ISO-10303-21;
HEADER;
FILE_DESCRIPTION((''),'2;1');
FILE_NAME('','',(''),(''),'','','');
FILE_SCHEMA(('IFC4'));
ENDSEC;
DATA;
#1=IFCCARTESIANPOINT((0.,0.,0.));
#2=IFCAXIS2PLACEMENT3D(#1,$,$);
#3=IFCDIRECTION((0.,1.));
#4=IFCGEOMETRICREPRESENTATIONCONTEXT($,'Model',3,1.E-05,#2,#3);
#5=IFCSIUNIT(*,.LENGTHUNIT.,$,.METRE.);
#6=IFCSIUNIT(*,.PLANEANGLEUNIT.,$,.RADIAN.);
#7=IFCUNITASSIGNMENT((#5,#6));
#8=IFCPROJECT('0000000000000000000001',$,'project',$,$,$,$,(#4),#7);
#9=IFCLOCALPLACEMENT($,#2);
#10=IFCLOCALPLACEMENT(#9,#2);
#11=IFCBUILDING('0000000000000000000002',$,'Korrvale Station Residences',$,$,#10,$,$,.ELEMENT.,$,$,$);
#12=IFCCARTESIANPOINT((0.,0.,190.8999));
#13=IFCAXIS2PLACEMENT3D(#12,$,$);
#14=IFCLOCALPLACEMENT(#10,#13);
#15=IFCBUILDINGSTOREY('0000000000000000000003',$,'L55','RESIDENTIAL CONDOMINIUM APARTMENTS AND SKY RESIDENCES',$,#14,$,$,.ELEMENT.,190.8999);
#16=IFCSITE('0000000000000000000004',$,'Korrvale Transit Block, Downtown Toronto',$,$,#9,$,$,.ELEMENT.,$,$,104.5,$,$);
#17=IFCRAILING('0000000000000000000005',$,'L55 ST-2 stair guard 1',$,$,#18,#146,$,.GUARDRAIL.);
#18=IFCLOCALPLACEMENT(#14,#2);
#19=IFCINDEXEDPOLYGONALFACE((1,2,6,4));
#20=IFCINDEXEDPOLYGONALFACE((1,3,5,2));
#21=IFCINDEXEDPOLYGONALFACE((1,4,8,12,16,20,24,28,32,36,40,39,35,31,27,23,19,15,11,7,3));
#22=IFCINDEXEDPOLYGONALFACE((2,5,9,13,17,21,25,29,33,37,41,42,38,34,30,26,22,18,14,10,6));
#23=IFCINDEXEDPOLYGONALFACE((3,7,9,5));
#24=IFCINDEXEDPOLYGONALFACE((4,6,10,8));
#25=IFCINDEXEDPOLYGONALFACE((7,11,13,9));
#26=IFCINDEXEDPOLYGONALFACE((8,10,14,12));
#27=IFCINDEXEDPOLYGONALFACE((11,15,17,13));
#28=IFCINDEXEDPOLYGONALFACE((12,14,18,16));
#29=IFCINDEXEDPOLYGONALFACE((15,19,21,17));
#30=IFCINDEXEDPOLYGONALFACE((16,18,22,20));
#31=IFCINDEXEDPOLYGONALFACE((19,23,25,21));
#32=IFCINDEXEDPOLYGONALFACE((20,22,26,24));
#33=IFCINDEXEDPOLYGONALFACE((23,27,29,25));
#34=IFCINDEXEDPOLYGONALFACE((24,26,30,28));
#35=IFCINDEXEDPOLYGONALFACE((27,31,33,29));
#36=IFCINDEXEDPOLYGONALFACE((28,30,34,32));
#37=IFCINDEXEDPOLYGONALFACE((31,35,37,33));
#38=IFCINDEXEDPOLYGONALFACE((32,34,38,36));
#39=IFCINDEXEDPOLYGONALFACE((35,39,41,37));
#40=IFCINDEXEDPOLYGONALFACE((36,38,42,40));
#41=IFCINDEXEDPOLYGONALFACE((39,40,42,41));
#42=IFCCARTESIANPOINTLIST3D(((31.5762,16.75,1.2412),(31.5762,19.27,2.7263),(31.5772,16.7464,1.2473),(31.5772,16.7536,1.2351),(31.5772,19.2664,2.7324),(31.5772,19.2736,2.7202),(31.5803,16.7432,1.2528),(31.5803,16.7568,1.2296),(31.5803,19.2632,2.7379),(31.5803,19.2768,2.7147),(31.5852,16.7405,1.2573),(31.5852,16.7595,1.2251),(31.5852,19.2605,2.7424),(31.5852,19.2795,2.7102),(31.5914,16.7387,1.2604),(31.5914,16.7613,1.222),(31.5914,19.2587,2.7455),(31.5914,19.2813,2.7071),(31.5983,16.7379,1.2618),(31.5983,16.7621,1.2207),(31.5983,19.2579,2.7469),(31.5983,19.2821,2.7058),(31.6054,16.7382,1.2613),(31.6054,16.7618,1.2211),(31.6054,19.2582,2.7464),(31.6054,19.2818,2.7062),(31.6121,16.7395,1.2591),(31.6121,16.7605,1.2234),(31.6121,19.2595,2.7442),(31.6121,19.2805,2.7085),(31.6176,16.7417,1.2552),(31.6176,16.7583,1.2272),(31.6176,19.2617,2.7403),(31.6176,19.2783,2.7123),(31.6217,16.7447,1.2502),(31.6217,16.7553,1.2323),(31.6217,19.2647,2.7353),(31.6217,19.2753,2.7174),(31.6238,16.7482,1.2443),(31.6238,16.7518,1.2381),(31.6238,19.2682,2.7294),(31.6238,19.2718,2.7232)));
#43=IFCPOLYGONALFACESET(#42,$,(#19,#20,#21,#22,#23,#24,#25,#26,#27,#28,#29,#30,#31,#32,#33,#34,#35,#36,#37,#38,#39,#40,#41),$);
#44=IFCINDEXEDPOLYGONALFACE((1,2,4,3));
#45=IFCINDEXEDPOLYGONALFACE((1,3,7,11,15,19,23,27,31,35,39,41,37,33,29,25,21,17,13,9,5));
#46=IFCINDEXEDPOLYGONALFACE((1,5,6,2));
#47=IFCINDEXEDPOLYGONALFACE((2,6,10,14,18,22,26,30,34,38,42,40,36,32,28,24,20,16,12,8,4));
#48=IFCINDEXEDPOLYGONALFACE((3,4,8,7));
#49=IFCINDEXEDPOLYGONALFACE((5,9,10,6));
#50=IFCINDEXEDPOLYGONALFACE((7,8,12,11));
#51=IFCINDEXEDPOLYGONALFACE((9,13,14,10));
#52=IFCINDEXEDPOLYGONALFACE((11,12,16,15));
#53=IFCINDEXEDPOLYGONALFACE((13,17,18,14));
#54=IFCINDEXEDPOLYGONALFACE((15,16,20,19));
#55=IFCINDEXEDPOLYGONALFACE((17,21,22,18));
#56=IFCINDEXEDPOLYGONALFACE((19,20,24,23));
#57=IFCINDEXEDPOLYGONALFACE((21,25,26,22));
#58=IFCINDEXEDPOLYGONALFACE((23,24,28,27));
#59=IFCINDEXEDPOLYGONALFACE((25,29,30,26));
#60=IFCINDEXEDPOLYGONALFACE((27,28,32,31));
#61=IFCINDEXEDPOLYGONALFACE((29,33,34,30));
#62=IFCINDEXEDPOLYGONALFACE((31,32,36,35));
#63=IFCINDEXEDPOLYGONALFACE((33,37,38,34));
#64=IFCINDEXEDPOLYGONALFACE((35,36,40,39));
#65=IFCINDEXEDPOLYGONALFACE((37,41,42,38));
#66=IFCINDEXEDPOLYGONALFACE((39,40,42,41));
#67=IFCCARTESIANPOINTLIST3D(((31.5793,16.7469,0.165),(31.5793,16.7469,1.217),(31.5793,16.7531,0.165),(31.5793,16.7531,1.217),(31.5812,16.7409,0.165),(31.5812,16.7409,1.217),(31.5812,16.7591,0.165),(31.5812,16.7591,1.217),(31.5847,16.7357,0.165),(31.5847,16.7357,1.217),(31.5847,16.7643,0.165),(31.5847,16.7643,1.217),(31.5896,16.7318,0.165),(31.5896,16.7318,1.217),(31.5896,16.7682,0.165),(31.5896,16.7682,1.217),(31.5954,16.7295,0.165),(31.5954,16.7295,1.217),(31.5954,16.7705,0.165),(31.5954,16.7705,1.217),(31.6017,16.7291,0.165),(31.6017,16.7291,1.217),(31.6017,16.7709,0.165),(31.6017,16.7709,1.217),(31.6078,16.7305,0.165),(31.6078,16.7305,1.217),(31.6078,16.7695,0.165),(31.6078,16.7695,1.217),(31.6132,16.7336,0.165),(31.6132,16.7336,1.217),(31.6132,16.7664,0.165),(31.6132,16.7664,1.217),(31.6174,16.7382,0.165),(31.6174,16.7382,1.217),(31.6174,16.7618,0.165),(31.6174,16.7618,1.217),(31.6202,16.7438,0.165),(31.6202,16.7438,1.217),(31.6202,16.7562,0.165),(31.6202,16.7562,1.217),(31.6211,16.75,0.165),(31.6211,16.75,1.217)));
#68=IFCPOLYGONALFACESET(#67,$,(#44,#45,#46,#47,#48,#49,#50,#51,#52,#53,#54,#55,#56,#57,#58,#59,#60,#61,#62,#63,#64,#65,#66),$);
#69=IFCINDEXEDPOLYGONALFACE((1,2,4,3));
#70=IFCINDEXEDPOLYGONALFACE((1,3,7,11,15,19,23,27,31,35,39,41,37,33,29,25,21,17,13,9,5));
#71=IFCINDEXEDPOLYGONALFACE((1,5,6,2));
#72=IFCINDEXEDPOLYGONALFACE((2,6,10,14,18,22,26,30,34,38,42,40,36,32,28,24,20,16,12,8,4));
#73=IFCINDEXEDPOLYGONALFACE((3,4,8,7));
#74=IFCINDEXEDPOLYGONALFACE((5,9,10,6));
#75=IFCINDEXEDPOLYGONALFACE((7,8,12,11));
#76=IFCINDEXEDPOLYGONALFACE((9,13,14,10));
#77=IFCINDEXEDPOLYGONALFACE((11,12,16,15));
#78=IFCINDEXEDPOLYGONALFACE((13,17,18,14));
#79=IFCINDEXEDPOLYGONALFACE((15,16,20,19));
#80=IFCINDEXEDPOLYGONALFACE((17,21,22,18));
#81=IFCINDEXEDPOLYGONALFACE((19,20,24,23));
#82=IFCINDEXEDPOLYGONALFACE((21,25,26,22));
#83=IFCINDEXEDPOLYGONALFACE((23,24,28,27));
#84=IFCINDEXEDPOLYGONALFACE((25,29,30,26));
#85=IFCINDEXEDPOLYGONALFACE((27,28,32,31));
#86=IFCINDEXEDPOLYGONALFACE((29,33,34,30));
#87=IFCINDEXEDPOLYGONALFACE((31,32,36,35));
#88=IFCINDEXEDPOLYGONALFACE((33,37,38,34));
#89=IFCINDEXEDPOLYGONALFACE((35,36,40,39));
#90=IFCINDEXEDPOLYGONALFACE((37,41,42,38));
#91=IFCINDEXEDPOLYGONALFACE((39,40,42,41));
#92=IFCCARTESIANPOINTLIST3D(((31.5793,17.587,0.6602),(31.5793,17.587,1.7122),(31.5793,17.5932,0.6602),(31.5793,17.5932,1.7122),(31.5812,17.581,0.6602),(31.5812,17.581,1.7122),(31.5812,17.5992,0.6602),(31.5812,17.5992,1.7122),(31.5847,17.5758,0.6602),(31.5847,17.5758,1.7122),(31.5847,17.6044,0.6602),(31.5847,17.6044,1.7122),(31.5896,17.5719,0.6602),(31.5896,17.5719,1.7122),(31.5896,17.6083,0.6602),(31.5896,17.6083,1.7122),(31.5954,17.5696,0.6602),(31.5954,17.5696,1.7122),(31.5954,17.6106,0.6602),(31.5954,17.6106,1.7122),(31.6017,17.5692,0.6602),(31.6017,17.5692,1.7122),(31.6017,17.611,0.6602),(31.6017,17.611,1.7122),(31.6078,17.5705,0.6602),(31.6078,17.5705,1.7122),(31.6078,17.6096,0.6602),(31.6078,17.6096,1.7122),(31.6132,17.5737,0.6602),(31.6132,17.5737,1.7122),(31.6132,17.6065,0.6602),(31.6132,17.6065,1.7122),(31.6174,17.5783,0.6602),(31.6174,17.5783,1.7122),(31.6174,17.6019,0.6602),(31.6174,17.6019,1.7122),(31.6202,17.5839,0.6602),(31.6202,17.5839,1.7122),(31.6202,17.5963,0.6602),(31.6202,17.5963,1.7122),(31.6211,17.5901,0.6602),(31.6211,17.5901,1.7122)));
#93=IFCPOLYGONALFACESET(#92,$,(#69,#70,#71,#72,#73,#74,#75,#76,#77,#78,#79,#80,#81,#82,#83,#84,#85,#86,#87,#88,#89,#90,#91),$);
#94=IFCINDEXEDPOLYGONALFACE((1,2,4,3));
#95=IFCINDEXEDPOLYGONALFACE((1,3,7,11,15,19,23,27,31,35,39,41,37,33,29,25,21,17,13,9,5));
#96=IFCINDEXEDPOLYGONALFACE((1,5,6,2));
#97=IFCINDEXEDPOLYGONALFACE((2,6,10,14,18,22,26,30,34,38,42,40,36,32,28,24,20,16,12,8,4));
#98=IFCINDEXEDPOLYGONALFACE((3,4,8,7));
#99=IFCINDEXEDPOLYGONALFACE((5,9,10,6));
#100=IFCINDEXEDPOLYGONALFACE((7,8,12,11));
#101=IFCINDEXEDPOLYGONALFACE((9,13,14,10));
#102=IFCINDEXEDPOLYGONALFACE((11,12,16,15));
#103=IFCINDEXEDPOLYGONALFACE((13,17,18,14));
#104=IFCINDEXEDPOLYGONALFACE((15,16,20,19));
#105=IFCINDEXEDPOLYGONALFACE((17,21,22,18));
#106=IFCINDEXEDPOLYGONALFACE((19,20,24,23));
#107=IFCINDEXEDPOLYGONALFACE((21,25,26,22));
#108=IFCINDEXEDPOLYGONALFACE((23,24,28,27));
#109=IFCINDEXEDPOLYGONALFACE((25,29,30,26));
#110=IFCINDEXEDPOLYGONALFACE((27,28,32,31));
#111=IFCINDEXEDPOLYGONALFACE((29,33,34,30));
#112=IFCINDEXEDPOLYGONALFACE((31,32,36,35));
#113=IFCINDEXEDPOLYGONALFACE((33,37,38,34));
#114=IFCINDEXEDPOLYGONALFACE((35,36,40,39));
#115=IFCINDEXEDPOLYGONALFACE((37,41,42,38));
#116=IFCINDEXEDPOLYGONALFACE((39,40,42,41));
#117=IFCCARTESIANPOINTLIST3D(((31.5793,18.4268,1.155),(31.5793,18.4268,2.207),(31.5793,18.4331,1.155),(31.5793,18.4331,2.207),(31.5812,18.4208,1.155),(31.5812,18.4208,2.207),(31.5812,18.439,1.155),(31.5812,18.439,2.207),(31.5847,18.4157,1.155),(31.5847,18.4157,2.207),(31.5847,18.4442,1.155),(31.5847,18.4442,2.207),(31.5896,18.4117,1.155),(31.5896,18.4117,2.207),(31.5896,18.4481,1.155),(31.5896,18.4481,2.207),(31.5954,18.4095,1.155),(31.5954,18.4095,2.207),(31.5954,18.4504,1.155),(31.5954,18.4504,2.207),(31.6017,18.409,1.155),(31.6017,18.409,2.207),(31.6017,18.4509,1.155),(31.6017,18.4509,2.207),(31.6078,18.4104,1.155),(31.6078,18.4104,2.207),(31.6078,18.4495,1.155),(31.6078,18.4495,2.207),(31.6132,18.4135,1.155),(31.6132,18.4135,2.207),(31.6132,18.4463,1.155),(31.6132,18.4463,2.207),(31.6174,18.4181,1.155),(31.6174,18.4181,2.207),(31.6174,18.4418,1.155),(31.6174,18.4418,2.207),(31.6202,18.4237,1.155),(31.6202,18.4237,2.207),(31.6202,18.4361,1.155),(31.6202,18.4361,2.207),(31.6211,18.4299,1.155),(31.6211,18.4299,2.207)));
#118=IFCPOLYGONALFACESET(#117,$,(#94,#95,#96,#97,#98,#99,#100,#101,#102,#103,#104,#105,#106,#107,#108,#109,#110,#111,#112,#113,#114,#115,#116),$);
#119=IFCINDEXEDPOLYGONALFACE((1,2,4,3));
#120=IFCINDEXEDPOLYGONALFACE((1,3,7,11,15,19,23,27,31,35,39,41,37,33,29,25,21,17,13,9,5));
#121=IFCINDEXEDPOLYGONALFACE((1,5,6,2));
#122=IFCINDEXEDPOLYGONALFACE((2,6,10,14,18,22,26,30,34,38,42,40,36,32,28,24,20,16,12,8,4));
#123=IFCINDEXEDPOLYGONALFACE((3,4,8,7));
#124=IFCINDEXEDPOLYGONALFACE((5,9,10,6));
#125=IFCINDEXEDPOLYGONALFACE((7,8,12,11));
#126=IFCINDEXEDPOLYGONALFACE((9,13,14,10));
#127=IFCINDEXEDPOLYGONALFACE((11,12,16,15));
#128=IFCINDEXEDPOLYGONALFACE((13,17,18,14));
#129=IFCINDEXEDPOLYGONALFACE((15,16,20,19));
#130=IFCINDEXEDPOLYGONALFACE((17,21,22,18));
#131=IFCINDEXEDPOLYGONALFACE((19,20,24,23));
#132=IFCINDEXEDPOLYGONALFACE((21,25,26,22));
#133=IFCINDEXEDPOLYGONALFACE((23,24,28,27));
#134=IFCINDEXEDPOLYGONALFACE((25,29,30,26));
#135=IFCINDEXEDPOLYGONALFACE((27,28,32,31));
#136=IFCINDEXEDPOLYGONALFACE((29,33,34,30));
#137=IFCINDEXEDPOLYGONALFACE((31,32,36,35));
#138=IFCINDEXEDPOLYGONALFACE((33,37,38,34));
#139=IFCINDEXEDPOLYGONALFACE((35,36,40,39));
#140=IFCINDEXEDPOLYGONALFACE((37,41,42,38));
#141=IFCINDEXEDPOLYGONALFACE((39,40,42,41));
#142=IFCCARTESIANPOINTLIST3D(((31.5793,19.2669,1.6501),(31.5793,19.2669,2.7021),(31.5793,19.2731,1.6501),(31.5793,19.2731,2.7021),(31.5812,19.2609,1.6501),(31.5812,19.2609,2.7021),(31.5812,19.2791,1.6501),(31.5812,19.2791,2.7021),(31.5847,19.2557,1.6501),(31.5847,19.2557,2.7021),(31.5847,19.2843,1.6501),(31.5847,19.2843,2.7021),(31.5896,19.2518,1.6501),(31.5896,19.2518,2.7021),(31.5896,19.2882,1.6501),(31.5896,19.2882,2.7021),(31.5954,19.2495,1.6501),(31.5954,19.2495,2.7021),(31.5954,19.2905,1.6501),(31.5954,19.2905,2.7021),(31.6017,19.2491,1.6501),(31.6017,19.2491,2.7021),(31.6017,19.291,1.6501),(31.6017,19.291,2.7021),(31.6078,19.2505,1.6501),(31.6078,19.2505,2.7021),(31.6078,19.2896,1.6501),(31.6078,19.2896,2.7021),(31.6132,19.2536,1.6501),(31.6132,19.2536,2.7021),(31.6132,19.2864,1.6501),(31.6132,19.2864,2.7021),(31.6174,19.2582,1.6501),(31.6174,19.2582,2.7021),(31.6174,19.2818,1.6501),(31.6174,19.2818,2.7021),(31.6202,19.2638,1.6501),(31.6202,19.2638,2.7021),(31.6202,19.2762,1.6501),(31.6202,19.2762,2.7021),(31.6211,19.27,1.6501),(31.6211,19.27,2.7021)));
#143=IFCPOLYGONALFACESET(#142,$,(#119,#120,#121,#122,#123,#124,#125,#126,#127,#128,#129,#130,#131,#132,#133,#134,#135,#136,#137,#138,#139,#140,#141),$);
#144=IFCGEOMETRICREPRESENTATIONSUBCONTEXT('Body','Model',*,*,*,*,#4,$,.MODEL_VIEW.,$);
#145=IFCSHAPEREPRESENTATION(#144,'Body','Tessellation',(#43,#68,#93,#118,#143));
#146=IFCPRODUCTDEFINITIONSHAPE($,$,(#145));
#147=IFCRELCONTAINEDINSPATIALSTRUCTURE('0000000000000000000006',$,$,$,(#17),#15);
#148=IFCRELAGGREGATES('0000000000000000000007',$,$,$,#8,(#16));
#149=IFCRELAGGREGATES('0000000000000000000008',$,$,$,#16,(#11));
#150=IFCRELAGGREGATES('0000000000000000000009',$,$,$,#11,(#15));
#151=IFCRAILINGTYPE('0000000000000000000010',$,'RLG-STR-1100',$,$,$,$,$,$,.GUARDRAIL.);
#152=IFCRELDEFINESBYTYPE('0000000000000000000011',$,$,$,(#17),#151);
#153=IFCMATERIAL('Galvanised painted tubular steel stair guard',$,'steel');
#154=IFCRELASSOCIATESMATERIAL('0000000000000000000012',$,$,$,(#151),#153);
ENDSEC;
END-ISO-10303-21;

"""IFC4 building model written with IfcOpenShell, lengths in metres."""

from ifc_helpers import new_model, si_unit, direction, frame, origin, origin_2d, place, context, subcontext, project, spatial, circle, extrude, material, type_object, element, save


model = new_model("IFC4")

# Units and contexts
model_context = context("Model", 3, precision=1e-05, world=origin(), true_north=direction((0.0, 1.0)))
body_context = subcontext(model_context, "Body", "Model", "MODEL_VIEW")
ifc_project = project(units=[si_unit("LENGTHUNIT", "METRE"), si_unit("PLANEANGLEUNIT", "RADIAN")], contexts=[model_context])

# Site, building, storey
site_placement = place(None, origin())
site = spatial("IfcSite", under=ifc_project, at=site_placement, Name="Korrvale Transit Block, Downtown Toronto", CompositionType="ELEMENT", RefElevation=104.5)
building_placement = place(site_placement, origin())
building = spatial("IfcBuilding", under=site, at=building_placement, Name="Korrvale Station Residences", CompositionType="ELEMENT")
storey_placement = place(building_placement, frame((0.0, 0.0, 190.8999)))
storey = spatial("IfcBuildingStorey", under=building, at=storey_placement, Name="L55", Description="RESIDENTIAL CONDOMINIUM APARTMENTS AND SKY RESIDENCES", CompositionType="ELEMENT", Elevation=190.8999)

# Railing
ifc_material_1 = material(Name="Galvanised painted tubular steel stair guard", Category="steel")
railing_type_1 = type_object("IfcRailingType", Name="RLG-STR-1100", PredefinedType="GUARDRAIL", material=ifc_material_1)
railing_1_placement = place(storey_placement, frame((31.6001, 16.75, 0.165)))
element("IfcRailing", 1, at=railing_1_placement, inside=storey, type_object=railing_type_1, Name="L55 ST-2 stair guard 1", PredefinedType="GUARDRAIL", context=body_context, shape_type="SweptSolid", body=[
    extrude(circle(Radius=0.0239, at=origin_2d()), frame((0.0, 0.0, 1.0762), z_axis=(0.0, 0.861524, 0.507717), x_axis=(-1.0, 0.0, 0.0)), (0.0, 0.0, 1.0), 2.925),
    extrude(circle(Radius=0.021, at=origin_2d()), origin(), (0.0, 0.0, 1.0), 1.052),
    extrude(circle(Radius=0.021, at=origin_2d()), frame((0.0, 0.8401, 0.4951)), (0.0, 0.0, 1.0), 1.052),
    extrude(circle(Radius=0.021, at=origin_2d()), frame((0.0, 1.6799, 0.99)), (0.0, 0.0, 1.0), 1.052),
    extrude(circle(Radius=0.021, at=origin_2d()), frame((0.0, 2.52, 1.4851)), (0.0, 0.0, 1.0), 1.052),
])

save(model, "model.ifc")
